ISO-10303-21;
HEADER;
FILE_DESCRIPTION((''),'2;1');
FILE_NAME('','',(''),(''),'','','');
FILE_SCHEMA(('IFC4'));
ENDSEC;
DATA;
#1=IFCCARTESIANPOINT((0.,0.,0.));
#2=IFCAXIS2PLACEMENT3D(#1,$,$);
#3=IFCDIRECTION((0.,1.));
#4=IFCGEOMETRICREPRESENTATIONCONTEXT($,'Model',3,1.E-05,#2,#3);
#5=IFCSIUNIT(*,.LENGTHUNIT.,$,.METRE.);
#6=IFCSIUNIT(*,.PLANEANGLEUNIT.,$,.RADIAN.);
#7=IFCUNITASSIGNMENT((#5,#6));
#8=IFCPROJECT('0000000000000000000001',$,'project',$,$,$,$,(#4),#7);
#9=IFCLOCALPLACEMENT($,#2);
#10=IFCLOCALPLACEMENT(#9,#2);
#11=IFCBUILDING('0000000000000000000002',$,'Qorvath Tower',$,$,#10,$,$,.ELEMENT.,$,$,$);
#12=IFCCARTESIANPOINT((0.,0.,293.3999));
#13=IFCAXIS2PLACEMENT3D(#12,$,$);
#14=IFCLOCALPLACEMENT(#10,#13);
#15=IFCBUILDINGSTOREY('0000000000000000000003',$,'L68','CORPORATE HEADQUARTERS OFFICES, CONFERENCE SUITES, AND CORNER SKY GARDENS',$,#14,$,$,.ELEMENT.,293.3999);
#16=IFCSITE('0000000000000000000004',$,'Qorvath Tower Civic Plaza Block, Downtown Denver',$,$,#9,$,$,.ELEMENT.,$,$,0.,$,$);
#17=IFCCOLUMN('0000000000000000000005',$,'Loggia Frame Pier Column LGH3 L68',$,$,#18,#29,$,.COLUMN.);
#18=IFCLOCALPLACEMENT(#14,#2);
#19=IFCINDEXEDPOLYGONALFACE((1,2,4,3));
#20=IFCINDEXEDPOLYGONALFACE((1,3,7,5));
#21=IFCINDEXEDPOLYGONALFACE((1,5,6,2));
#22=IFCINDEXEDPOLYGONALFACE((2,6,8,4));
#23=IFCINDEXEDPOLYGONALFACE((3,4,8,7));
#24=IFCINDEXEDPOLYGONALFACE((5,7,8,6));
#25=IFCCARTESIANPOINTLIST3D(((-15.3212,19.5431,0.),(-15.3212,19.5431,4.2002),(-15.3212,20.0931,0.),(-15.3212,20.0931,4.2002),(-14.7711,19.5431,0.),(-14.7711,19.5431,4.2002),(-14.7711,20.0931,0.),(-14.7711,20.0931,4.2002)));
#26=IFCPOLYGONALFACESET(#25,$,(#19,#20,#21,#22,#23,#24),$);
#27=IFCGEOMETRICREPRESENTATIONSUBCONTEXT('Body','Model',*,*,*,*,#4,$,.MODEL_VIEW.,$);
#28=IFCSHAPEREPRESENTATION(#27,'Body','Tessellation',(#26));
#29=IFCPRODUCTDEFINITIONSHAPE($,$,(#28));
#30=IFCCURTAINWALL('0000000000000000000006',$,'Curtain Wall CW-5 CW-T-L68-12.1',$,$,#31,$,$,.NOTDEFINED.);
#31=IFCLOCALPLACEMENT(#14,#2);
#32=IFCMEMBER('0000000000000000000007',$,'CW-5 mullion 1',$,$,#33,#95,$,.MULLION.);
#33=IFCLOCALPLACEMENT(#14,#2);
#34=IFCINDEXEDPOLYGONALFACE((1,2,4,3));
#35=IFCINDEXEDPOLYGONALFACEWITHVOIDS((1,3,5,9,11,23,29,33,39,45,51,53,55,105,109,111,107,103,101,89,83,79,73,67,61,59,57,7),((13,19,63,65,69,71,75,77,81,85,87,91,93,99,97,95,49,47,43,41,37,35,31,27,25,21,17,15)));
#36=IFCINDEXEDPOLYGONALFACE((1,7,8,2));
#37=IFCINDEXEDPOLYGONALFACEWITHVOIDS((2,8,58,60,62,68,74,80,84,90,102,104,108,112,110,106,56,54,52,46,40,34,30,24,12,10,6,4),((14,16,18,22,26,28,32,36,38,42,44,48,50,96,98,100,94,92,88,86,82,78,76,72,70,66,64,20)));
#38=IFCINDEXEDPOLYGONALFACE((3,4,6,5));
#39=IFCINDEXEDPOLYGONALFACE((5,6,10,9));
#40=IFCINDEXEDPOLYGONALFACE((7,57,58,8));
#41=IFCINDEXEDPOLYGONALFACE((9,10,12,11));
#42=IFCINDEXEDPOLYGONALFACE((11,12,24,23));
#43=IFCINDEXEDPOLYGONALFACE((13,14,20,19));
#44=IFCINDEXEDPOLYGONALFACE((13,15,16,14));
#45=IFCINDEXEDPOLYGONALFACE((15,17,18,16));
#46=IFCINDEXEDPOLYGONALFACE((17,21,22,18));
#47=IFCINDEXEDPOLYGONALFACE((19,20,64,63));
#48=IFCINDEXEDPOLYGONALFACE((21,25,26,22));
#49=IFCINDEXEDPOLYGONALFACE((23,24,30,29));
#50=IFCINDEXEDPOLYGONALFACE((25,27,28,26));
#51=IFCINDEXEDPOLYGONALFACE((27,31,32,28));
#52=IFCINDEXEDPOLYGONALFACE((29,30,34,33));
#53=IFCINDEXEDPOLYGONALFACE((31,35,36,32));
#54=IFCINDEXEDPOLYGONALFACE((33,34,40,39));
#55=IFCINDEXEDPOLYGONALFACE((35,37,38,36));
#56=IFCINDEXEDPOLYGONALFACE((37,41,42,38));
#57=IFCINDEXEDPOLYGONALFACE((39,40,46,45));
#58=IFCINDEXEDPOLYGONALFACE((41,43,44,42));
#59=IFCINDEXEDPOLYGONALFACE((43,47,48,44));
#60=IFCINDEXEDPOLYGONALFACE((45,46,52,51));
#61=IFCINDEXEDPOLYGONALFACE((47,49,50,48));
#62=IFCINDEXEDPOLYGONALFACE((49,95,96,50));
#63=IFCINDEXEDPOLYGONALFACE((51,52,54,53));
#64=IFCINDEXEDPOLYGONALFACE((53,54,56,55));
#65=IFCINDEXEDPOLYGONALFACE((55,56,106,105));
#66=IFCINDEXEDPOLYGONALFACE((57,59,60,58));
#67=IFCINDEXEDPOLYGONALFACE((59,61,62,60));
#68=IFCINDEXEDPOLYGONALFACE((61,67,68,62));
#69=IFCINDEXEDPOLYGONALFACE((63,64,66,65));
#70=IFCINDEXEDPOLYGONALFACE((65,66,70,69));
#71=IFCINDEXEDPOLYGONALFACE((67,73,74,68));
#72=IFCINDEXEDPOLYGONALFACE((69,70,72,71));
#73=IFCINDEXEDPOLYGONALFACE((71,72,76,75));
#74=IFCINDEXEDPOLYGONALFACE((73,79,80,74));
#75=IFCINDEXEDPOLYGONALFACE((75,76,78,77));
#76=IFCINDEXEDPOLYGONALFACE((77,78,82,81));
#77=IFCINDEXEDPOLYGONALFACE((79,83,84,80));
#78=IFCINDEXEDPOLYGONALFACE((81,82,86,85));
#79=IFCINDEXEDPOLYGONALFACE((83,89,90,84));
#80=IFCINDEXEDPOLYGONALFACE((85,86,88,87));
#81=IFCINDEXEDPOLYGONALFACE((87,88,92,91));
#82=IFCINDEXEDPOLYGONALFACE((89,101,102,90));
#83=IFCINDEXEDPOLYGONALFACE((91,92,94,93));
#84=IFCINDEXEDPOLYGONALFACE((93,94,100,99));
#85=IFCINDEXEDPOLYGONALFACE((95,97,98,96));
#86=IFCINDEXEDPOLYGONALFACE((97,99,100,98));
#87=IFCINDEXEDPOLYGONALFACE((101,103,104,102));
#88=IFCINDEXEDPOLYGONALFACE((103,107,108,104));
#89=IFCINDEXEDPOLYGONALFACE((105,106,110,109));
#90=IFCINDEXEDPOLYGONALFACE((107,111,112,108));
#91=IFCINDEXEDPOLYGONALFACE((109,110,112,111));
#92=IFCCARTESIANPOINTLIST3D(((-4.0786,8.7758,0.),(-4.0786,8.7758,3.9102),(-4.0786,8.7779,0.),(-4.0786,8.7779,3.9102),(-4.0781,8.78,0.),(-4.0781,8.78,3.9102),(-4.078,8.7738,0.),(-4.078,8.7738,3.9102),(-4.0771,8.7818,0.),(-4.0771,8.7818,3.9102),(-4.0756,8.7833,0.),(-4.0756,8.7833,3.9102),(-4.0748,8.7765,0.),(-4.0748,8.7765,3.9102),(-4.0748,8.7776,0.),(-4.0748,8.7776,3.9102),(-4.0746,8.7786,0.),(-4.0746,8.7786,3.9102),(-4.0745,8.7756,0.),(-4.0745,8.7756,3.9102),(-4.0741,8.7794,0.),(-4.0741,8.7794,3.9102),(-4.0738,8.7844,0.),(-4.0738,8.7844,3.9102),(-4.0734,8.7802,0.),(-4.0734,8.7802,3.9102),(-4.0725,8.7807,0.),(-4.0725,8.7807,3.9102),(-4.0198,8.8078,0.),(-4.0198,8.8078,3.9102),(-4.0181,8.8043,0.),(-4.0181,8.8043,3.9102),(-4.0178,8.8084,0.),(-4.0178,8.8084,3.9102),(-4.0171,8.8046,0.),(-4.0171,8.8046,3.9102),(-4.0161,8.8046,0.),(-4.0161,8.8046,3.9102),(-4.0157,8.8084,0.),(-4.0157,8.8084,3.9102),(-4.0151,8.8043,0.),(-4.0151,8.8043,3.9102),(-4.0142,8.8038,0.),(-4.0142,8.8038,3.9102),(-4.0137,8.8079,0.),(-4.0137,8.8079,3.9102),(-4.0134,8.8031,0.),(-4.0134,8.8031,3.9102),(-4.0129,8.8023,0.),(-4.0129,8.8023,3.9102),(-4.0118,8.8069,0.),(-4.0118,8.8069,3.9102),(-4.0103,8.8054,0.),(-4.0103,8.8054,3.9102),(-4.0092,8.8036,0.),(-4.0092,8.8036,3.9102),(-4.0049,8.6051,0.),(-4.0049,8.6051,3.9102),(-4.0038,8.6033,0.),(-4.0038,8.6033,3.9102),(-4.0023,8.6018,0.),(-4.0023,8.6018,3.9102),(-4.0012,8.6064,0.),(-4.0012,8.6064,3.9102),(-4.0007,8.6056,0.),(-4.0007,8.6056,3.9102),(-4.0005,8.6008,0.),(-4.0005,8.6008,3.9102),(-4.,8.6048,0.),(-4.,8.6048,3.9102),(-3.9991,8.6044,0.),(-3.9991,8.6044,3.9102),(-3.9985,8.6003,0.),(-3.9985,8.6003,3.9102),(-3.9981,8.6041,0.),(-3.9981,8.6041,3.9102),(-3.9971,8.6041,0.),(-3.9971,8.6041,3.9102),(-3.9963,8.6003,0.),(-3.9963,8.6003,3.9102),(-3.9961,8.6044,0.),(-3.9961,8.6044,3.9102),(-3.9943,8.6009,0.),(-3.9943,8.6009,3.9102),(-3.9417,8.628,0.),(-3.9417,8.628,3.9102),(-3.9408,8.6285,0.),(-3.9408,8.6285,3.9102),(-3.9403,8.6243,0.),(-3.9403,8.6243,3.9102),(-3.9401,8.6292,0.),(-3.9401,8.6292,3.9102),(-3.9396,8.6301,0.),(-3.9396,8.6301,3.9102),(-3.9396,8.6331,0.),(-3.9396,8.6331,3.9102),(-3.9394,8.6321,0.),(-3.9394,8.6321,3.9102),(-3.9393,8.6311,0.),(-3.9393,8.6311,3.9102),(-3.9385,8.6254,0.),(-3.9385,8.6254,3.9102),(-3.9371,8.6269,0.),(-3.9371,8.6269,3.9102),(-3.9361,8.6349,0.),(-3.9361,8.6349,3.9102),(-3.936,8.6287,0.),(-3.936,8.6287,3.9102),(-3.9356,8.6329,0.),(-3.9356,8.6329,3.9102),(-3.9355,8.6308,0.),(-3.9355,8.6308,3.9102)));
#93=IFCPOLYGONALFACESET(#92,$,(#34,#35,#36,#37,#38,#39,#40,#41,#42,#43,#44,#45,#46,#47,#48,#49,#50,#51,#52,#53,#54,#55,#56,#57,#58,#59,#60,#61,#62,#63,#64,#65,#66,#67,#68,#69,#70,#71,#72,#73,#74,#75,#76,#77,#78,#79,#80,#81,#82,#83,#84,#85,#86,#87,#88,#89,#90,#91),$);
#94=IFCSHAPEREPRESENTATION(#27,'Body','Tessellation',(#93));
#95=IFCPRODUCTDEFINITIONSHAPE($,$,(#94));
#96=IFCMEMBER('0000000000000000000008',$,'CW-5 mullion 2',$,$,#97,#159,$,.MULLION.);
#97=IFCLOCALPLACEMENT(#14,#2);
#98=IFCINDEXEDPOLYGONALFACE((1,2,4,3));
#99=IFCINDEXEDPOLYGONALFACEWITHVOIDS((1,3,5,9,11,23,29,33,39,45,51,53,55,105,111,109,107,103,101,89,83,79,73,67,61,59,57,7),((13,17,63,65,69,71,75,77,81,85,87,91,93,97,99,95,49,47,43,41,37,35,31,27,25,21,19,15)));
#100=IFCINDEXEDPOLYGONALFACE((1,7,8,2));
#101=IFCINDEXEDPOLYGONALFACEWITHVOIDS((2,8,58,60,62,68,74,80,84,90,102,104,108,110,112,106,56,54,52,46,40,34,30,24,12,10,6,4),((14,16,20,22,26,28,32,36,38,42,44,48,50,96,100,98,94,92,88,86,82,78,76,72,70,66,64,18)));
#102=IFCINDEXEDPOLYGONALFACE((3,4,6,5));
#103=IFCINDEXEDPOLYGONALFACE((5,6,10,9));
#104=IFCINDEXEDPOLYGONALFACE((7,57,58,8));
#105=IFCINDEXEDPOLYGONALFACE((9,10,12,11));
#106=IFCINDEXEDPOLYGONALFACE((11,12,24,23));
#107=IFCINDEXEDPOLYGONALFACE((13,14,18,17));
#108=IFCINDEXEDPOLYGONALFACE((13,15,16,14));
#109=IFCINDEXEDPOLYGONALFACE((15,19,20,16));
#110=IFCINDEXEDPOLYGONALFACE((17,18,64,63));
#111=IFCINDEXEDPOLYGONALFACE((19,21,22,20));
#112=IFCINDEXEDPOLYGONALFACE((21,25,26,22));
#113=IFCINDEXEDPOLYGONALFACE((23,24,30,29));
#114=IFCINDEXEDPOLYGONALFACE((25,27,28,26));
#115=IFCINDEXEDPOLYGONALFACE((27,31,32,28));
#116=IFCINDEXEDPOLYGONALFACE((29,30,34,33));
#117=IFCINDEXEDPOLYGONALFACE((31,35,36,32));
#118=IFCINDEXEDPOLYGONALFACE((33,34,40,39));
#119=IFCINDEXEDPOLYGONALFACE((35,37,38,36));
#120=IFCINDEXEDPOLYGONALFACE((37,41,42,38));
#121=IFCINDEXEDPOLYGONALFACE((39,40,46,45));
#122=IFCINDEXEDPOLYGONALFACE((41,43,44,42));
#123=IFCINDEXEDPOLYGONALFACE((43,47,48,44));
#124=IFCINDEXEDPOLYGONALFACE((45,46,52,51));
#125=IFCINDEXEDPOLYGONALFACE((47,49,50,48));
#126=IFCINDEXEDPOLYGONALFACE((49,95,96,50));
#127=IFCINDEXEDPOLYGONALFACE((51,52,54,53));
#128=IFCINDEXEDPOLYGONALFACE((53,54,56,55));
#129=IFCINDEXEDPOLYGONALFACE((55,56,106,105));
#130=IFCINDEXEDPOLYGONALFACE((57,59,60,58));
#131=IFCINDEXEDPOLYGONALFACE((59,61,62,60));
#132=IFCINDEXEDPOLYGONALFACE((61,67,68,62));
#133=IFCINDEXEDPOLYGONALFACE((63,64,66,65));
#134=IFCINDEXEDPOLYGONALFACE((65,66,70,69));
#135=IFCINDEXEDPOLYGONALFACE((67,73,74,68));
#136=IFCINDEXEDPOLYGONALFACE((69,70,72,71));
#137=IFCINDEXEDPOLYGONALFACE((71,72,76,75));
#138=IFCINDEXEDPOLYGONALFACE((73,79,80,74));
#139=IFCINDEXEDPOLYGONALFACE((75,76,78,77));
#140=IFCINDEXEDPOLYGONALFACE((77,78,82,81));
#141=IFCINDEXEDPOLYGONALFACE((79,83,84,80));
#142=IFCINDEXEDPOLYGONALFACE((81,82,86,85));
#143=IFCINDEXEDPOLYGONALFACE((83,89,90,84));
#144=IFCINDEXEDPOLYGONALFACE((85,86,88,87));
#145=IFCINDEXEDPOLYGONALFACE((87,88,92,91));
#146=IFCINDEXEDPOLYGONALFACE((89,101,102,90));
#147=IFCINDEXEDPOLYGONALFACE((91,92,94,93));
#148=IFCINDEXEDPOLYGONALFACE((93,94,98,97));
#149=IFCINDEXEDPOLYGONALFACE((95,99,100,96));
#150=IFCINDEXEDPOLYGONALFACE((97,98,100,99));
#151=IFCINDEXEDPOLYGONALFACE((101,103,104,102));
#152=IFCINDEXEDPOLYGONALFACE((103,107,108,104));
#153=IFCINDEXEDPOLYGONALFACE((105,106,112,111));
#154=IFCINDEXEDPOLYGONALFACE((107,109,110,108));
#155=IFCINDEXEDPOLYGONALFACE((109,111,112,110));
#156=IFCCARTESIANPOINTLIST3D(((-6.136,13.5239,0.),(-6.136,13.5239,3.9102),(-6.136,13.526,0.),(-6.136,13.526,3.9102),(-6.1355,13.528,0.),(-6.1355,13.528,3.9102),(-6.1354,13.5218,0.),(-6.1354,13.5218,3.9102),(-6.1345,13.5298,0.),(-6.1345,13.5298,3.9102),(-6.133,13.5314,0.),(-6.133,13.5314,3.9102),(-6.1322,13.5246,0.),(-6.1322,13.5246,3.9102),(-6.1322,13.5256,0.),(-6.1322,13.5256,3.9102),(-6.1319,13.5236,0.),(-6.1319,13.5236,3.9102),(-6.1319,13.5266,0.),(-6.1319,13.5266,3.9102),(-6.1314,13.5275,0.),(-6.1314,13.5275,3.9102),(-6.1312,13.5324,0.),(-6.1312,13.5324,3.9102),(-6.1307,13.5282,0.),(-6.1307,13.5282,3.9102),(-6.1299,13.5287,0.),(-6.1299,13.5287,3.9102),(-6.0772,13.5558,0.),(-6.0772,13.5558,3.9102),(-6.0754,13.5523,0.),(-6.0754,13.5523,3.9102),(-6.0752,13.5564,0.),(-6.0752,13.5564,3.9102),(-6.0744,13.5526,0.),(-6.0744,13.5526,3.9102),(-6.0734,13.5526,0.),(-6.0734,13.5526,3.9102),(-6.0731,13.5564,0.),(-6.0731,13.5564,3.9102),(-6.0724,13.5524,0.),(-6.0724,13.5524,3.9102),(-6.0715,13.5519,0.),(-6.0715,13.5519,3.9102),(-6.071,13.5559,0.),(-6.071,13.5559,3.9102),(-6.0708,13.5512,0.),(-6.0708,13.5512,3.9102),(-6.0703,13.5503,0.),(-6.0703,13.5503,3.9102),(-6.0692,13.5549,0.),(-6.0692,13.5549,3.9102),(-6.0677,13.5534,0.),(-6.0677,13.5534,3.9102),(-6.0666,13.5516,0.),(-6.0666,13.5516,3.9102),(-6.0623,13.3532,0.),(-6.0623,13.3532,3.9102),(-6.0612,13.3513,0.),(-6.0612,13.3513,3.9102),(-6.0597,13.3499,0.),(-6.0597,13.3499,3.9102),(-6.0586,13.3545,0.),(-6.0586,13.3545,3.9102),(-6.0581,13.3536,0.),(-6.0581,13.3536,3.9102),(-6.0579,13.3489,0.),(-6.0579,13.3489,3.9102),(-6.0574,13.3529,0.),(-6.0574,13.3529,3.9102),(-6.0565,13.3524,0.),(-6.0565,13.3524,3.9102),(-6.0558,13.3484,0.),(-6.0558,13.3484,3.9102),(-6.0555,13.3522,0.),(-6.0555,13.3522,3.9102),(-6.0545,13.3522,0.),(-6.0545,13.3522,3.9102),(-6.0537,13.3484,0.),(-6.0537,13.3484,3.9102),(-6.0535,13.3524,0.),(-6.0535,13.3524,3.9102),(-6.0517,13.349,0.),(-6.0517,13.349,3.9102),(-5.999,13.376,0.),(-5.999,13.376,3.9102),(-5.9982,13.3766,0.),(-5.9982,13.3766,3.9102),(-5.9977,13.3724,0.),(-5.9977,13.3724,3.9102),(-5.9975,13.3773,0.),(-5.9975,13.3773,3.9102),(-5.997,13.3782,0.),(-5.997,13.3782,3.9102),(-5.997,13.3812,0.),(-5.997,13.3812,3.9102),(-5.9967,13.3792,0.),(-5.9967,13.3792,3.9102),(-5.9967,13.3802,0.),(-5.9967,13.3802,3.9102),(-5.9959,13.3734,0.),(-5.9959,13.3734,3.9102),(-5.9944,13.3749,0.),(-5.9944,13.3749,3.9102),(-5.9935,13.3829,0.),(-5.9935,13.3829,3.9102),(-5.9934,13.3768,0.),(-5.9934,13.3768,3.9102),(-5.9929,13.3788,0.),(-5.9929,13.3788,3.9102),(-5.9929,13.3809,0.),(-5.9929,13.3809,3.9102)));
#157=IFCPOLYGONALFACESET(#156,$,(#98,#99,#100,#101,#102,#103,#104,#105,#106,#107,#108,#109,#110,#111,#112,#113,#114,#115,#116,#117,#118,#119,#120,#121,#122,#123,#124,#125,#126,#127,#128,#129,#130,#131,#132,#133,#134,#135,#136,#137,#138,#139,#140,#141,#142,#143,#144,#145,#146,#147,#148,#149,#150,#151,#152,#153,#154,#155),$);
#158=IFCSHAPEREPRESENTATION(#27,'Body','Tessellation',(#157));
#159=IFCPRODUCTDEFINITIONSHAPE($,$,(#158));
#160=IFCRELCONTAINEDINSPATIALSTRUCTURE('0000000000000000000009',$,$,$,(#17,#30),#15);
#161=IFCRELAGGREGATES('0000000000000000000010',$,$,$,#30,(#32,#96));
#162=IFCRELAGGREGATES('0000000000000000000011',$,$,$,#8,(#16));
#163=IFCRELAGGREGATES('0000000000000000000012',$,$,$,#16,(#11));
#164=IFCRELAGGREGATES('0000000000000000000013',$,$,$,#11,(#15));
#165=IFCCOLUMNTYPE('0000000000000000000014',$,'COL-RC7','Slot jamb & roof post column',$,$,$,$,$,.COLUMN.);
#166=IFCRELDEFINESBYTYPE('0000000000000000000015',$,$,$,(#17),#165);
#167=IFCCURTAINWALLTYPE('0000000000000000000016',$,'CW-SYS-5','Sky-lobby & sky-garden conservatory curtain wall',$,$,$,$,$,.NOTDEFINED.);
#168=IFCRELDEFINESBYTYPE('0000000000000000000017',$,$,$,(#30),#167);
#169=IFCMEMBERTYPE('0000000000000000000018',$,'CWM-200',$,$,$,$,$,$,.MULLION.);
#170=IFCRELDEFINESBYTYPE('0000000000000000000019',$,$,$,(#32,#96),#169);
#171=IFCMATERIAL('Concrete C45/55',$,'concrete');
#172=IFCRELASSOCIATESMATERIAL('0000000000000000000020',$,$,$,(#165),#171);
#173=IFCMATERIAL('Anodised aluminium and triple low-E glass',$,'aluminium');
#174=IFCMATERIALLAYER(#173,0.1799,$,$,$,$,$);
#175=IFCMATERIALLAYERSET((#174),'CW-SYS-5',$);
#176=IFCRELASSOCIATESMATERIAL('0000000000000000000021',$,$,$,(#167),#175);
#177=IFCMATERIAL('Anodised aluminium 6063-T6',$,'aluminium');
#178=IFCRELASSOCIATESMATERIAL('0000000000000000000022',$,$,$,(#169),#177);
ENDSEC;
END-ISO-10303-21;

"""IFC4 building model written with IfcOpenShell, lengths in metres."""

from ifc_helpers import new_model, si_unit, direction, frame, origin, origin_2d, place, context, subcontext, project, spatial, rectangle, hollow_rectangle, extrude, material, layer, layer_set, material_profile, profile_set, type_object, element, aggregate, save


model = new_model("IFC4")

# Units and contexts
model_context = context("Model", 3, precision=1e-05, world=origin(), true_north=direction((0.0, 1.0)))
body_context = subcontext(model_context, "Body", "Model", "MODEL_VIEW")
ifc_project = project(units=[si_unit("LENGTHUNIT", "METRE"), si_unit("PLANEANGLEUNIT", "RADIAN")], contexts=[model_context])

# Site, building, storey
site_placement = place(None, origin())
site = spatial("IfcSite", under=ifc_project, at=site_placement, Name="Qorvath Tower Civic Plaza Block, Downtown Denver", CompositionType="ELEMENT", RefElevation=0.0)
building_placement = place(site_placement, origin())
building = spatial("IfcBuilding", under=site, at=building_placement, Name="Qorvath Tower", CompositionType="ELEMENT")
storey_placement = place(building_placement, frame((0.0, 0.0, 293.3999)))
storey = spatial("IfcBuildingStorey", under=building, at=storey_placement, Name="L68", Description="CORPORATE HEADQUARTERS OFFICES, CONFERENCE SUITES, AND CORNER SKY GARDENS", CompositionType="ELEMENT", Elevation=293.3999)

# Column
ifc_material_1 = material(Name="Concrete C45/55", Category="concrete")
ifc_material_profile_1 = material_profile(ifc_material_1, rectangle(XDim=0.55, YDim=0.55, at=origin_2d()), Name="RC 550x550")
ifc_profile_set_1 = profile_set([ifc_material_profile_1], Name="Concrete C45/55")
column_type = type_object("IfcColumnType", Name="COL-RC7", Description="Slot jamb & roof post column", PredefinedType="COLUMN", material=ifc_profile_set_1)
column_placement = place(storey_placement, frame((-15.0461, 19.8181, 0.0), z_axis=(0.0, 0.0, 1.0), x_axis=(1.0, 0.0, 0.0)))
element("IfcColumn", 1, at=column_placement, inside=storey, type_object=column_type, Name="Loggia Frame Pier Column LGH3 L68", PredefinedType="COLUMN", context=body_context, shape_type="SweptSolid", body=[
    extrude(rectangle(XDim=0.55, YDim=0.55, at=origin_2d()), origin(), (0.0, 0.0, 1.0), 4.2002),
])

# Curtain wall, members
ifc_material_2 = material(Name="Anodised aluminium and triple low-E glass", Category="aluminium")
ifc_layer_1 = layer(ifc_material_2, 0.1799)
ifc_layer_set_1 = layer_set([ifc_layer_1], Name="CW-SYS-5")
curtain_wall_type = type_object("IfcCurtainWallType", Name="CW-SYS-5", Description="Sky-lobby & sky-garden conservatory curtain wall", PredefinedType="NOTDEFINED", material=ifc_layer_set_1)
curtain_wall_1_placement = place(storey_placement, origin())
curtain_wall_1 = element("IfcCurtainWall", 2, at=curtain_wall_1_placement, inside=storey, type_object=curtain_wall_type, Name="Curtain Wall CW-5 CW-T-L68-12.1", PredefinedType="NOTDEFINED")
ifc_material_3 = material(Name="Anodised aluminium 6063-T6", Category="aluminium")
ifc_material_profile_2 = material_profile(ifc_material_3, hollow_rectangle(XDim=0.075, YDim=0.2, WallThickness=0.0039, InnerFilletRadius=0.0039, OuterFilletRadius=0.0081, at=origin_2d()), Name="CWM 200x75")
ifc_profile_set_2 = profile_set([ifc_material_profile_2], Name="Anodised aluminium 6063-T6")
member_type_1 = type_object("IfcMemberType", Name="CWM-200", PredefinedType="MULLION", material=ifc_profile_set_2)
member_1_placement = place(storey_placement, frame((-4.0071, 8.7043, 0.0), z_axis=(0.0, 0.0, 1.0), x_axis=(-0.917571, -0.397572, 0.0)))
member_1 = element("IfcMember", 3, at=member_1_placement, type_object=member_type_1, Name="CW-5 mullion 1", PredefinedType="MULLION", context=body_context, shape_type="SweptSolid", body=[
    extrude(hollow_rectangle(XDim=0.075, YDim=0.2, WallThickness=0.0039, InnerFilletRadius=0.0039, OuterFilletRadius=0.0081, at=origin_2d()), origin(), (0.0, 0.0, 1.0), 3.9102),
])
member_2_placement = place(storey_placement, frame((-6.0645, 13.4524, 0.0), z_axis=(0.0, 0.0, 1.0), x_axis=(-0.917571, -0.397572, 0.0)))
member_2 = element("IfcMember", 4, at=member_2_placement, type_object=member_type_1, Name="CW-5 mullion 2", PredefinedType="MULLION", context=body_context, shape_type="SweptSolid", body=[
    extrude(hollow_rectangle(XDim=0.075, YDim=0.2, WallThickness=0.0039, InnerFilletRadius=0.0039, OuterFilletRadius=0.0081, at=origin_2d()), origin(), (0.0, 0.0, 1.0), 3.9102),
])

aggregate(curtain_wall_1, [member_1, member_2])

save(model, "model.ifc")
